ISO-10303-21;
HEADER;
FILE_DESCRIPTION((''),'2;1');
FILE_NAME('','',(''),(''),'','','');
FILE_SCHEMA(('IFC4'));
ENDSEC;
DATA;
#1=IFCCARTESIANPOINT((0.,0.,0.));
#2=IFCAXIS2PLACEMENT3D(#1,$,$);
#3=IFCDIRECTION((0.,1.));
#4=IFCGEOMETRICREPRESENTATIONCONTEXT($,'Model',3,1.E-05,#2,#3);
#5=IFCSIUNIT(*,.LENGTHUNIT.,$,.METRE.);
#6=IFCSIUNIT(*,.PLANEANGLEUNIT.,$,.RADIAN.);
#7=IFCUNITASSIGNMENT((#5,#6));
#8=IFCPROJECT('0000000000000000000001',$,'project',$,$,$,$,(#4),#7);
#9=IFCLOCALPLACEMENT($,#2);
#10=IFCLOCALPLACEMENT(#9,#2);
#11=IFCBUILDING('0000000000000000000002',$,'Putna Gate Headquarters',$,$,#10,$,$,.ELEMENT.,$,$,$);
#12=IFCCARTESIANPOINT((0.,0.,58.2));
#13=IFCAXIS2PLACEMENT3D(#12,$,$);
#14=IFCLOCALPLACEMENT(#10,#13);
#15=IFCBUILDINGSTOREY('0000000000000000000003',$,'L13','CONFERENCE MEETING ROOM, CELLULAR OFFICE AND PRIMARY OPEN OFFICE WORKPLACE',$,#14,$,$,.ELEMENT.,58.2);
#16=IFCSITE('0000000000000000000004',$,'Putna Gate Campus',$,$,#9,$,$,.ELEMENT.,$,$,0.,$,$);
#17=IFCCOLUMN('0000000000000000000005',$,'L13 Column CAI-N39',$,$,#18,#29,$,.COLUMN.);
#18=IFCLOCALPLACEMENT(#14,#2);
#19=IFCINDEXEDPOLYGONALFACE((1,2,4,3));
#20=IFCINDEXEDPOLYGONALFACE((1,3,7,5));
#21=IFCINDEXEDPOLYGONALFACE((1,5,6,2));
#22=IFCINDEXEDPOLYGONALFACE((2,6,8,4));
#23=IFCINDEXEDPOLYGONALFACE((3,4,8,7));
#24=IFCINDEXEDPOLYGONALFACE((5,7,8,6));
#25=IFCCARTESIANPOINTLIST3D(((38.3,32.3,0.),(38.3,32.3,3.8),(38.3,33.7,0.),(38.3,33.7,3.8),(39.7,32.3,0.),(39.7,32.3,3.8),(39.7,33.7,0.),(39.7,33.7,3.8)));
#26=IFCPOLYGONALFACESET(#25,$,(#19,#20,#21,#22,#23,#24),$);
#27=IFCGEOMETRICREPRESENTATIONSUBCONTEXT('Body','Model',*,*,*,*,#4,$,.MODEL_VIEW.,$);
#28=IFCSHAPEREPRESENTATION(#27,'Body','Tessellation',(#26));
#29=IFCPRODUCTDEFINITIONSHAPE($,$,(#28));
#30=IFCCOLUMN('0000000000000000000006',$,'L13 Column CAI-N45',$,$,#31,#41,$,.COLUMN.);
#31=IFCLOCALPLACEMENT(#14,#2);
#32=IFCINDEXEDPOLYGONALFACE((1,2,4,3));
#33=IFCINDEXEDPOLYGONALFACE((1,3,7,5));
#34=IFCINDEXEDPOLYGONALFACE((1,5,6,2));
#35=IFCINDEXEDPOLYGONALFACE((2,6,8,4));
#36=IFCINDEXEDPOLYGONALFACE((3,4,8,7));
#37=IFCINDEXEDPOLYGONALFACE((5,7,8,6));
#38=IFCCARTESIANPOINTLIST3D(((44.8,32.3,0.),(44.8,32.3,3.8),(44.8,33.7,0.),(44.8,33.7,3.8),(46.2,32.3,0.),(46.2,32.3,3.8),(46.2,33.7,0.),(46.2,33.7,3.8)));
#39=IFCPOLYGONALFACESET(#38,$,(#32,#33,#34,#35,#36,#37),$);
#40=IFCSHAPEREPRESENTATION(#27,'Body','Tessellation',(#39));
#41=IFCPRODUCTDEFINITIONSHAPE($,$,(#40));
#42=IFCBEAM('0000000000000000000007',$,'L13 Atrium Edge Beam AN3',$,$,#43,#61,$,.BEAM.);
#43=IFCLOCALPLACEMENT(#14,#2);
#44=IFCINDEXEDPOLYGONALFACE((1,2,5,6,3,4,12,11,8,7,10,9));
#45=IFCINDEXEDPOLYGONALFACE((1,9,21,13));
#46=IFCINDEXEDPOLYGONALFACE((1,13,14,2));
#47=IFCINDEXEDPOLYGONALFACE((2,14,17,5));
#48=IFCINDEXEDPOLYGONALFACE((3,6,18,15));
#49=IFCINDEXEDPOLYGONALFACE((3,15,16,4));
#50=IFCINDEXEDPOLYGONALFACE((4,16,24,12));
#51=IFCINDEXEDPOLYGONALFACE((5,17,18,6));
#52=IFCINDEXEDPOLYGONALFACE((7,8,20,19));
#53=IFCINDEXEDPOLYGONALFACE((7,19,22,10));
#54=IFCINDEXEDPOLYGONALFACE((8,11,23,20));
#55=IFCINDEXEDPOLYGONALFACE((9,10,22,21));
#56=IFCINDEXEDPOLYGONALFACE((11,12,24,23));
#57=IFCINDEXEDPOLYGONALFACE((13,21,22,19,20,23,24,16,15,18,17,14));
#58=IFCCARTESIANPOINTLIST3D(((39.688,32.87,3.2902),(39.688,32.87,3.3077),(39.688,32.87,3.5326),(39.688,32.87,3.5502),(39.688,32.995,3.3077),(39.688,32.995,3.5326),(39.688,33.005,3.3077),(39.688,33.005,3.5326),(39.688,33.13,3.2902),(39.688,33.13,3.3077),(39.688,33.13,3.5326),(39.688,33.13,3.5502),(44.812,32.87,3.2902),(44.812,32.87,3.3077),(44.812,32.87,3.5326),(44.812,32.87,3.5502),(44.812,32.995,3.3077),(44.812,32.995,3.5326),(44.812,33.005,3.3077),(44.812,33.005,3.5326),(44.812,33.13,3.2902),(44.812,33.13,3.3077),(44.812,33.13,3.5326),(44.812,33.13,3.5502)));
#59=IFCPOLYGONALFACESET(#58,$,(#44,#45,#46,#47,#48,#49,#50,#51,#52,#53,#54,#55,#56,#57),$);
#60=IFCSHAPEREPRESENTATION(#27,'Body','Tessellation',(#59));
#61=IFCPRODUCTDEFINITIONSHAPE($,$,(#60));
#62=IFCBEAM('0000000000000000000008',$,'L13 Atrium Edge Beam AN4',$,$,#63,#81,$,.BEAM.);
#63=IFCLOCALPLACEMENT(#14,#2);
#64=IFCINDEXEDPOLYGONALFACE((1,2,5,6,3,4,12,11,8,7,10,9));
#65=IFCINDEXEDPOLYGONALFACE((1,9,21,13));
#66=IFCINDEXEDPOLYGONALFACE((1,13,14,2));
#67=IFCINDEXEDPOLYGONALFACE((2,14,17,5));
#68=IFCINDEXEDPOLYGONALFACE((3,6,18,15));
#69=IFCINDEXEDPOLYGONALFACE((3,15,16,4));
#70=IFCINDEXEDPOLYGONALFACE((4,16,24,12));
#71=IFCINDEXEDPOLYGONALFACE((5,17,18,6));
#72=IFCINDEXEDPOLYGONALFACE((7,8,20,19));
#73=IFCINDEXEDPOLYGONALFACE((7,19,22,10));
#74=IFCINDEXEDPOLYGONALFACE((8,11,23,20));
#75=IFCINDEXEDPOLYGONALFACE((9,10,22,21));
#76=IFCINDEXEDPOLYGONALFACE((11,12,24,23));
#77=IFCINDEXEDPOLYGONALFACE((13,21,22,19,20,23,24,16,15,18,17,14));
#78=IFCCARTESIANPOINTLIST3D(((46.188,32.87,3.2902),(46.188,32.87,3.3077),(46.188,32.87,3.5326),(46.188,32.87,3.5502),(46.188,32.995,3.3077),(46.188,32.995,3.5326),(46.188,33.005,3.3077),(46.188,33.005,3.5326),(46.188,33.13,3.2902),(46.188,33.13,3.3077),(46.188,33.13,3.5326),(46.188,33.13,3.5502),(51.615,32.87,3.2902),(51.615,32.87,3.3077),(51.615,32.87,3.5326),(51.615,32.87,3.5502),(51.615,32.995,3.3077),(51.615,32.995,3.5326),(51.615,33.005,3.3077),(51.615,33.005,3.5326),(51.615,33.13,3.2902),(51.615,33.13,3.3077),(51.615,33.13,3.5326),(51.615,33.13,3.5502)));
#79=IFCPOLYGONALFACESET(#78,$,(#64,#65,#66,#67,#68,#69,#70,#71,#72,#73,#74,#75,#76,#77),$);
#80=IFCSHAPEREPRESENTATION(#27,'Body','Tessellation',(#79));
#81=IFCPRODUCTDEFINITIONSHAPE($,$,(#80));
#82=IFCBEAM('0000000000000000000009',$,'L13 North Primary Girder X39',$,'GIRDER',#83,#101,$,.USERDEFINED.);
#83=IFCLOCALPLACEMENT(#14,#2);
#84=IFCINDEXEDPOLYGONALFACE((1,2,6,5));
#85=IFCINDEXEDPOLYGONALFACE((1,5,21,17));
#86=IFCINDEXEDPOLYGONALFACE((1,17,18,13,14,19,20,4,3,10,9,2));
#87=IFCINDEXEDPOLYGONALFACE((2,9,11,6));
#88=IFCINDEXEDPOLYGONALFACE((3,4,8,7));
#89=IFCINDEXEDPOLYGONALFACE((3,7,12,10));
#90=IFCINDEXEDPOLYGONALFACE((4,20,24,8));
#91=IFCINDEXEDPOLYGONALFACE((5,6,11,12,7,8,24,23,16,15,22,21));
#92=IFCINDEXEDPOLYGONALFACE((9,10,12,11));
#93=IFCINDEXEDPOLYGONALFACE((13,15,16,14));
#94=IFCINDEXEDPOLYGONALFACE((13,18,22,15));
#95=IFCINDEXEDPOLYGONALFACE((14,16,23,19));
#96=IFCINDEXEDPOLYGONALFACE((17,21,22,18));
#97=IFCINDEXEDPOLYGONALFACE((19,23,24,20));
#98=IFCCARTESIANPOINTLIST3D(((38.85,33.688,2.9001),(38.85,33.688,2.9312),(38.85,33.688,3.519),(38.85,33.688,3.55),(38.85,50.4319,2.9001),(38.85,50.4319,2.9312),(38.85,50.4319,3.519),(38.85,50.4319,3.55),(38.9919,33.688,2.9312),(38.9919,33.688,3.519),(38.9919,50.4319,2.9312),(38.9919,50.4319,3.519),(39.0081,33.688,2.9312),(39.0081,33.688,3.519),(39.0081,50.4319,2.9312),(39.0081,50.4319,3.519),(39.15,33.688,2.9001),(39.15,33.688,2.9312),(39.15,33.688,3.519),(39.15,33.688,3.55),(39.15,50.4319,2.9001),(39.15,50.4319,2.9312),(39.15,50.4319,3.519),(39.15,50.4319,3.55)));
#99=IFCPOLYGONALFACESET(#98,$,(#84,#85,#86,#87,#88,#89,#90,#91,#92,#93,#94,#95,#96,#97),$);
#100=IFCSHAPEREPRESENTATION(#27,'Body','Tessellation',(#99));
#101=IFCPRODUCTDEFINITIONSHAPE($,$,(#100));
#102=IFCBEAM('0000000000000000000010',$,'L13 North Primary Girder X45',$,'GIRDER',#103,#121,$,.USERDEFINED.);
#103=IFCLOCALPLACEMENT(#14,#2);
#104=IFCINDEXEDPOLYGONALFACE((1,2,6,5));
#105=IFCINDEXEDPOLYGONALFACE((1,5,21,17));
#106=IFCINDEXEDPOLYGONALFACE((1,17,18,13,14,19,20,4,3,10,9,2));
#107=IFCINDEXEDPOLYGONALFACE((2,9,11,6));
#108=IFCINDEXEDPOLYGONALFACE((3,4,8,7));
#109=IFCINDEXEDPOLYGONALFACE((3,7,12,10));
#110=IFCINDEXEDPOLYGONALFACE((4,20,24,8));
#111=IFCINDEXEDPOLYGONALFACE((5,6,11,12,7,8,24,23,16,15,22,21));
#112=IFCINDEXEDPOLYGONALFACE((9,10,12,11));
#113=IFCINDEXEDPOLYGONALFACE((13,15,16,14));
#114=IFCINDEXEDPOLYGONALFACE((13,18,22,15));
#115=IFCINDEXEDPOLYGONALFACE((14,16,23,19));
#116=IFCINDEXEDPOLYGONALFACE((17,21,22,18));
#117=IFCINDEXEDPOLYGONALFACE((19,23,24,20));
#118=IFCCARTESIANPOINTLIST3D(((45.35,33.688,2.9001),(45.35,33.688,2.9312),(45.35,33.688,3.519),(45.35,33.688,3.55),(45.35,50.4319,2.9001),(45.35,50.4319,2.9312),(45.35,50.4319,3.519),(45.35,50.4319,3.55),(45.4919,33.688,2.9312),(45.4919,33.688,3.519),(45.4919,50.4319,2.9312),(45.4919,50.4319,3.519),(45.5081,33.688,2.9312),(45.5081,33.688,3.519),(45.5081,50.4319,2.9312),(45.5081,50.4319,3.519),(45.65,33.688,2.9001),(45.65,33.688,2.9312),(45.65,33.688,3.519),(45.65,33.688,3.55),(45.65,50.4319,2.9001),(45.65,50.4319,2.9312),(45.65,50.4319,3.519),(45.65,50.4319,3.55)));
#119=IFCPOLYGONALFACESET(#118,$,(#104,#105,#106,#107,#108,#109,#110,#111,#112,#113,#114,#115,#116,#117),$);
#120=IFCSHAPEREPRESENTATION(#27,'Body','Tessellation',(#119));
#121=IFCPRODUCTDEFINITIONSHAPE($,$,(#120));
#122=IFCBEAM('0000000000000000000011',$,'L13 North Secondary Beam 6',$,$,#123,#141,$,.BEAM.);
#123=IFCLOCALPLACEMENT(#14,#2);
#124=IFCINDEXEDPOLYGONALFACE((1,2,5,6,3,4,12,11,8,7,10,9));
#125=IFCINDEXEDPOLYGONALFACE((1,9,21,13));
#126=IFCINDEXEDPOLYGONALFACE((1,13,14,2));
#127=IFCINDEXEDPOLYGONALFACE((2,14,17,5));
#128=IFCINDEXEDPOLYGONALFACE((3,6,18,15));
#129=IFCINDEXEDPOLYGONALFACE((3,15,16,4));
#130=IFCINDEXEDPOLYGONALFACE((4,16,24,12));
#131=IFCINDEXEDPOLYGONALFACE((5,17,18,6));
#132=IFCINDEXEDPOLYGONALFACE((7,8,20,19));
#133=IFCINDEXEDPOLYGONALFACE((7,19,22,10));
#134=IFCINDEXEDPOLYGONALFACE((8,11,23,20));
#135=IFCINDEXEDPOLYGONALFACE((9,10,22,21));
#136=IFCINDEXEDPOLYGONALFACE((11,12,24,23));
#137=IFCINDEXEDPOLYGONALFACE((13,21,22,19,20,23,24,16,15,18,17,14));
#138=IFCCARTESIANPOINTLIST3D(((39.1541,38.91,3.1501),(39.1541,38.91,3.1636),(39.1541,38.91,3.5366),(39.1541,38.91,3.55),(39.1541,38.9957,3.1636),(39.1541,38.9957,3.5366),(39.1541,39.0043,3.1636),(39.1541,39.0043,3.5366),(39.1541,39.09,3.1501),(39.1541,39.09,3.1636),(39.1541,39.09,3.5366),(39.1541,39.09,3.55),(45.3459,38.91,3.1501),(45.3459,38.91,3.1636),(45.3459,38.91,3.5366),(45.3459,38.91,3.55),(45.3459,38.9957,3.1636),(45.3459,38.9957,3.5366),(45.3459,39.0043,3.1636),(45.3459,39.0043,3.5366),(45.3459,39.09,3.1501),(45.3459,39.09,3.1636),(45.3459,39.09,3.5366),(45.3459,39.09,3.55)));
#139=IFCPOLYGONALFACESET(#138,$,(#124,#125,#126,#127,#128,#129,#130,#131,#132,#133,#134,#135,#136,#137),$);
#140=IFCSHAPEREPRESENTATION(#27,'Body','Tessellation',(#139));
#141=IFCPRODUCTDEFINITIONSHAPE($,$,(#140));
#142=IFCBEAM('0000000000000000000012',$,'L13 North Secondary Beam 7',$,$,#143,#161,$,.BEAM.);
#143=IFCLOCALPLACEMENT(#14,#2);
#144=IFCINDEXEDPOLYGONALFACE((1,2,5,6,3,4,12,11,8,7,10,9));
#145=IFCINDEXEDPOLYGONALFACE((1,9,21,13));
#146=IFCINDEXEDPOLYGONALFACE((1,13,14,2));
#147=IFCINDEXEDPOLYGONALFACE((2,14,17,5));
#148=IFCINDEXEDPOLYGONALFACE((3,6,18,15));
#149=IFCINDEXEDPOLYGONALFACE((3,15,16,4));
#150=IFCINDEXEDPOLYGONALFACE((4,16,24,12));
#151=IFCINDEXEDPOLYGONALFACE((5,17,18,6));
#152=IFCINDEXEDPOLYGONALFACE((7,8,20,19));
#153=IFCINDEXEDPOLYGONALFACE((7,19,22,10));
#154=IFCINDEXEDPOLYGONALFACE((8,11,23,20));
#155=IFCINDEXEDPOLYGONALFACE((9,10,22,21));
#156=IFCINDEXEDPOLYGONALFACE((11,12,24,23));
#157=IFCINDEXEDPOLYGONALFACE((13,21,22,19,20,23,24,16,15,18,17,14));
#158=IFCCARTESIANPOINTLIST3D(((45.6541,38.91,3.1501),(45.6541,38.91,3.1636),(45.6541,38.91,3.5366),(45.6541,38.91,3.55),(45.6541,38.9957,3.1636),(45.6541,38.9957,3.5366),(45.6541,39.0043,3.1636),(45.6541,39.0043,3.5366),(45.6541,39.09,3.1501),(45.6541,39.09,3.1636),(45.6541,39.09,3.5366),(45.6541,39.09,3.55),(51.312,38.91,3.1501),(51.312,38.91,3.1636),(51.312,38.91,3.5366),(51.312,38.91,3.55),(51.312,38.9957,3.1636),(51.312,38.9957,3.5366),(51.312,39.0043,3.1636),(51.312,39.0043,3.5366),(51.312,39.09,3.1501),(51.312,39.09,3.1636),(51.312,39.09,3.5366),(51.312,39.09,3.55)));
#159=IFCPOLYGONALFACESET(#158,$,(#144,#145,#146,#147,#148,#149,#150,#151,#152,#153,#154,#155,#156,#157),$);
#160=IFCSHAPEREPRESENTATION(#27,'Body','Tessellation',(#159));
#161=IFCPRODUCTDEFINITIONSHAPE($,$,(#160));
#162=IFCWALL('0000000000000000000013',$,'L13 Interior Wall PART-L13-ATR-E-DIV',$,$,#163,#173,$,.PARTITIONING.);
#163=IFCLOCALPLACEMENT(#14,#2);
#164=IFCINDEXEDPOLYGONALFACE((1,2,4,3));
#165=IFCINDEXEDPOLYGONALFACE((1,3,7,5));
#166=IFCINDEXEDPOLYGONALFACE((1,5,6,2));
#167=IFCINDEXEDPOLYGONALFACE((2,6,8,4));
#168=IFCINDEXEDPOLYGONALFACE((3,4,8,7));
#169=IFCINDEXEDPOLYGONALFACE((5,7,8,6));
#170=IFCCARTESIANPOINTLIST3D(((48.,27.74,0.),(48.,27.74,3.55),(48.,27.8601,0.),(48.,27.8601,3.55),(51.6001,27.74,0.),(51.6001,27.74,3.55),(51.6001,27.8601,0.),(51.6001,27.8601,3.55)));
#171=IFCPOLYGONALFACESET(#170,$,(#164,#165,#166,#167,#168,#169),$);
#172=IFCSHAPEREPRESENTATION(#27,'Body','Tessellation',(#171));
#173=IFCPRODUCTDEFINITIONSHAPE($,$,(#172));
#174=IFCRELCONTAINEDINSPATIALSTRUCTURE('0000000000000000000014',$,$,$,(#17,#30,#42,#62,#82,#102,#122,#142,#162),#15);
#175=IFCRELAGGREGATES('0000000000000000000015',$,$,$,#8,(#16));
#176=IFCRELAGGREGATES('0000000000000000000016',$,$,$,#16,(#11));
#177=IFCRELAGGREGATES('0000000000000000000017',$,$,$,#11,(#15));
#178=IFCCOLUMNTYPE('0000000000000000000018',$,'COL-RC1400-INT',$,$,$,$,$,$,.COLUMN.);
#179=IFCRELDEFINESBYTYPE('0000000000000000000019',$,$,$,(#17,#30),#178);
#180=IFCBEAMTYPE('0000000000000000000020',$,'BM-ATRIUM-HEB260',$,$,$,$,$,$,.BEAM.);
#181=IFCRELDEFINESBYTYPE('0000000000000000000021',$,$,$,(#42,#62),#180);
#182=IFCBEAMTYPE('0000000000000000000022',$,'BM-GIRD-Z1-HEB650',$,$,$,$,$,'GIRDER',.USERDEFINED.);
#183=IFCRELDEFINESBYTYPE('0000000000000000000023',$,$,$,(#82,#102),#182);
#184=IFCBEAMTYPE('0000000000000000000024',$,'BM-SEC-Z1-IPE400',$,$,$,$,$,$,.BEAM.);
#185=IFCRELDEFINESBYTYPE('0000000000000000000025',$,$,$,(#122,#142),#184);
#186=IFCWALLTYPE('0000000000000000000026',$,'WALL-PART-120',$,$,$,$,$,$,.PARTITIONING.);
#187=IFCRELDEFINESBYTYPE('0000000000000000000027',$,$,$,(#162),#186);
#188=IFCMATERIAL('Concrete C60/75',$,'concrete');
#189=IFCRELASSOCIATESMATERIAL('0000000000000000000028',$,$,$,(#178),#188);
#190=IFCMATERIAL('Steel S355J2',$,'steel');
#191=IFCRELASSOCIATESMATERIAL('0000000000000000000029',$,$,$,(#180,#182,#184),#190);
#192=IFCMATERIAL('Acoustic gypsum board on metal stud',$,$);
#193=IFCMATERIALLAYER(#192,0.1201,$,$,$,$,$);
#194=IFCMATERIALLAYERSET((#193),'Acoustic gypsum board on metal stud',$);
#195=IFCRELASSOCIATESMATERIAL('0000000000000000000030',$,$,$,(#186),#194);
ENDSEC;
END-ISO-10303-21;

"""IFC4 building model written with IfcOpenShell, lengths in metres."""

from ifc_helpers import new_model, si_unit, direction, frame, frame_2d, origin, origin_2d, place, context, subcontext, project, spatial, rectangle, i_section, extrude, material, layer, layer_set, material_profile, profile_set, type_object, element, save


model = new_model("IFC4")

# Units and contexts
model_context = context("Model", 3, precision=1e-05, world=origin(), true_north=direction((0.0, 1.0)))
body_context = subcontext(model_context, "Body", "Model", "MODEL_VIEW")
ifc_project = project(units=[si_unit("LENGTHUNIT", "METRE"), si_unit("PLANEANGLEUNIT", "RADIAN")], contexts=[model_context])

# Site, building, storey
site_placement = place(None, origin())
site = spatial("IfcSite", under=ifc_project, at=site_placement, Name="Putna Gate Campus", CompositionType="ELEMENT", RefElevation=0.0)
building_placement = place(site_placement, origin())
building = spatial("IfcBuilding", under=site, at=building_placement, Name="Putna Gate Headquarters", CompositionType="ELEMENT")
storey_placement = place(building_placement, frame((0.0, 0.0, 58.2)))
storey = spatial("IfcBuildingStorey", under=building, at=storey_placement, Name="L13", Description="CONFERENCE MEETING ROOM, CELLULAR OFFICE AND PRIMARY OPEN OFFICE WORKPLACE", CompositionType="ELEMENT", Elevation=58.2)

# Columns
ifc_material_1 = material(Name="Concrete C60/75", Category="concrete")
ifc_material_profile_1 = material_profile(ifc_material_1, rectangle(XDim=1.3999, YDim=1.3999, at=origin_2d()), Name="Concrete C60/75")
ifc_profile_set_1 = profile_set([ifc_material_profile_1], Name="Concrete C60/75")
column_type = type_object("IfcColumnType", Name="COL-RC1400-INT", PredefinedType="COLUMN", material=ifc_profile_set_1)
for number, where, z_axis, x_axis, name in (
    (1, (39.0, 33.0, 0.0), (0.0, 0.0, 1.0), (1.0, 0.0, 0.0), "L13 Column CAI-N39"),
    (2, (45.5, 33.0, 0.0), (0.0, 0.0, 1.0), (1.0, 0.0, 0.0), "L13 Column CAI-N45"),
):
    element("IfcColumn", number, at=place(storey_placement, frame(where, z_axis=z_axis, x_axis=x_axis)), inside=storey, type_object=column_type, Name=name, PredefinedType="COLUMN", context=body_context, shape_type="SweptSolid", body=[
        extrude(rectangle(XDim=1.3999, YDim=1.3999, at=origin_2d()), origin(), (0.0, 0.0, 1.0), 3.8),
    ])

# Beams
ifc_material_2 = material(Name="Steel S355J2", Category="steel")
ifc_material_profile_2 = material_profile(ifc_material_2, i_section(OverallWidth=0.26, OverallDepth=0.26, WebThickness=0.01, FlangeThickness=0.0176, at=origin_2d()), Name="Steel S355J2")
ifc_profile_set_2 = profile_set([ifc_material_profile_2], Name="Steel S355J2")
beam_type_1 = type_object("IfcBeamType", Name="BM-ATRIUM-HEB260", PredefinedType="BEAM", material=ifc_profile_set_2)
beam_1_placement = place(storey_placement, frame((39.688, 33.0, 3.4202), z_axis=(1.0, 0.0, 0.0), x_axis=(0.0, 1.0, 0.0)))
element("IfcBeam", 3, at=beam_1_placement, inside=storey, type_object=beam_type_1, Name="L13 Atrium Edge Beam AN3", PredefinedType="BEAM", context=body_context, shape_type="SweptSolid", body=[
    extrude(i_section(OverallWidth=0.26, OverallDepth=0.26, WebThickness=0.01, FlangeThickness=0.0176, at=origin_2d()), origin(), (0.0, 0.0, 1.0), 5.124),
])
beam_2_placement = place(storey_placement, frame((46.188, 33.0, 3.4202), z_axis=(1.0, 0.0, 0.0), x_axis=(0.0, 1.0, 0.0)))
element("IfcBeam", 4, at=beam_2_placement, inside=storey, type_object=beam_type_1, Name="L13 Atrium Edge Beam AN4", PredefinedType="BEAM", context=body_context, shape_type="SweptSolid", body=[
    extrude(i_section(OverallWidth=0.26, OverallDepth=0.26, WebThickness=0.01, FlangeThickness=0.0176, at=origin_2d()), origin(), (0.0, 0.0, 1.0), 5.427),
])
ifc_material_profile_3 = material_profile(ifc_material_2, i_section(OverallWidth=0.3, OverallDepth=0.6499, WebThickness=0.0161, FlangeThickness=0.031, at=origin_2d()), Name="Steel S355J2")
ifc_profile_set_3 = profile_set([ifc_material_profile_3], Name="Steel S355J2")
beam_type_2 = type_object("IfcBeamType", Name="BM-GIRD-Z1-HEB650", ElementType="GIRDER", PredefinedType="USERDEFINED", material=ifc_profile_set_3)
for number, where, z_axis, x_axis, name in (
    (5, (39.0, 33.688, 3.2251), (0.0, 1.0, 0.0), (-1.0, 0.0, 0.0), "L13 North Primary Girder X39"),
    (6, (45.5, 33.688, 3.2251), (0.0, 1.0, 0.0), (-1.0, 0.0, 0.0), "L13 North Primary Girder X45"),
):
    element("IfcBeam", number, at=place(storey_placement, frame(where, z_axis=z_axis, x_axis=x_axis)), inside=storey, type_object=beam_type_2, Name=name, ObjectType="GIRDER", PredefinedType="USERDEFINED", context=body_context, shape_type="SweptSolid", body=[
        extrude(i_section(OverallWidth=0.3, OverallDepth=0.6499, WebThickness=0.0161, FlangeThickness=0.031, at=origin_2d()), origin(), (0.0, 0.0, 1.0), 16.7439),
    ])
ifc_material_profile_4 = material_profile(ifc_material_2, i_section(OverallWidth=0.1799, OverallDepth=0.3999, WebThickness=0.0085, FlangeThickness=0.0134, at=origin_2d()), Name="Steel S355J2")
ifc_profile_set_4 = profile_set([ifc_material_profile_4], Name="Steel S355J2")
beam_type_3 = type_object("IfcBeamType", Name="BM-SEC-Z1-IPE400", PredefinedType="BEAM", material=ifc_profile_set_4)
beam_3_placement = place(storey_placement, frame((39.1541, 39.0, 3.3501), z_axis=(1.0, 0.0, 0.0), x_axis=(0.0, 1.0, 0.0)))
element("IfcBeam", 7, at=beam_3_placement, inside=storey, type_object=beam_type_3, Name="L13 North Secondary Beam 6", PredefinedType="BEAM", context=body_context, shape_type="SweptSolid", body=[
    extrude(i_section(OverallWidth=0.1799, OverallDepth=0.3999, WebThickness=0.0085, FlangeThickness=0.0134, at=origin_2d()), origin(), (0.0, 0.0, 1.0), 6.1919),
])
beam_4_placement = place(storey_placement, frame((45.6541, 39.0, 3.3501), z_axis=(1.0, 0.0, 0.0), x_axis=(0.0, 1.0, 0.0)))
element("IfcBeam", 8, at=beam_4_placement, inside=storey, type_object=beam_type_3, Name="L13 North Secondary Beam 7", PredefinedType="BEAM", context=body_context, shape_type="SweptSolid", body=[
    extrude(i_section(OverallWidth=0.1799, OverallDepth=0.3999, WebThickness=0.0085, FlangeThickness=0.0134, at=origin_2d()), origin(), (0.0, 0.0, 1.0), 5.658),
])

# Wall
ifc_material_3 = material(Name="Acoustic gypsum board on metal stud")
ifc_layer_1 = layer(ifc_material_3, 0.1201)
ifc_layer_set_1 = layer_set([ifc_layer_1], Name="Acoustic gypsum board on metal stud")
wall_type_1 = type_object("IfcWallType", Name="WALL-PART-120", PredefinedType="PARTITIONING", material=ifc_layer_set_1)
wall_1_placement = place(storey_placement, frame((48.0, 27.8, 0.0), z_axis=(0.0, 0.0, 1.0), x_axis=(1.0, 0.0, 0.0)))
element("IfcWall", 9, at=wall_1_placement, inside=storey, type_object=wall_type_1, Name="L13 Interior Wall PART-L13-ATR-E-DIV", PredefinedType="PARTITIONING", context=body_context, shape_type="SweptSolid", body=[
    extrude(rectangle(XDim=3.6001, YDim=0.1201, at=frame_2d((1.8, 0.0))), origin(), (0.0, 0.0, 1.0), 3.55),
])

save(model, "model.ifc")
